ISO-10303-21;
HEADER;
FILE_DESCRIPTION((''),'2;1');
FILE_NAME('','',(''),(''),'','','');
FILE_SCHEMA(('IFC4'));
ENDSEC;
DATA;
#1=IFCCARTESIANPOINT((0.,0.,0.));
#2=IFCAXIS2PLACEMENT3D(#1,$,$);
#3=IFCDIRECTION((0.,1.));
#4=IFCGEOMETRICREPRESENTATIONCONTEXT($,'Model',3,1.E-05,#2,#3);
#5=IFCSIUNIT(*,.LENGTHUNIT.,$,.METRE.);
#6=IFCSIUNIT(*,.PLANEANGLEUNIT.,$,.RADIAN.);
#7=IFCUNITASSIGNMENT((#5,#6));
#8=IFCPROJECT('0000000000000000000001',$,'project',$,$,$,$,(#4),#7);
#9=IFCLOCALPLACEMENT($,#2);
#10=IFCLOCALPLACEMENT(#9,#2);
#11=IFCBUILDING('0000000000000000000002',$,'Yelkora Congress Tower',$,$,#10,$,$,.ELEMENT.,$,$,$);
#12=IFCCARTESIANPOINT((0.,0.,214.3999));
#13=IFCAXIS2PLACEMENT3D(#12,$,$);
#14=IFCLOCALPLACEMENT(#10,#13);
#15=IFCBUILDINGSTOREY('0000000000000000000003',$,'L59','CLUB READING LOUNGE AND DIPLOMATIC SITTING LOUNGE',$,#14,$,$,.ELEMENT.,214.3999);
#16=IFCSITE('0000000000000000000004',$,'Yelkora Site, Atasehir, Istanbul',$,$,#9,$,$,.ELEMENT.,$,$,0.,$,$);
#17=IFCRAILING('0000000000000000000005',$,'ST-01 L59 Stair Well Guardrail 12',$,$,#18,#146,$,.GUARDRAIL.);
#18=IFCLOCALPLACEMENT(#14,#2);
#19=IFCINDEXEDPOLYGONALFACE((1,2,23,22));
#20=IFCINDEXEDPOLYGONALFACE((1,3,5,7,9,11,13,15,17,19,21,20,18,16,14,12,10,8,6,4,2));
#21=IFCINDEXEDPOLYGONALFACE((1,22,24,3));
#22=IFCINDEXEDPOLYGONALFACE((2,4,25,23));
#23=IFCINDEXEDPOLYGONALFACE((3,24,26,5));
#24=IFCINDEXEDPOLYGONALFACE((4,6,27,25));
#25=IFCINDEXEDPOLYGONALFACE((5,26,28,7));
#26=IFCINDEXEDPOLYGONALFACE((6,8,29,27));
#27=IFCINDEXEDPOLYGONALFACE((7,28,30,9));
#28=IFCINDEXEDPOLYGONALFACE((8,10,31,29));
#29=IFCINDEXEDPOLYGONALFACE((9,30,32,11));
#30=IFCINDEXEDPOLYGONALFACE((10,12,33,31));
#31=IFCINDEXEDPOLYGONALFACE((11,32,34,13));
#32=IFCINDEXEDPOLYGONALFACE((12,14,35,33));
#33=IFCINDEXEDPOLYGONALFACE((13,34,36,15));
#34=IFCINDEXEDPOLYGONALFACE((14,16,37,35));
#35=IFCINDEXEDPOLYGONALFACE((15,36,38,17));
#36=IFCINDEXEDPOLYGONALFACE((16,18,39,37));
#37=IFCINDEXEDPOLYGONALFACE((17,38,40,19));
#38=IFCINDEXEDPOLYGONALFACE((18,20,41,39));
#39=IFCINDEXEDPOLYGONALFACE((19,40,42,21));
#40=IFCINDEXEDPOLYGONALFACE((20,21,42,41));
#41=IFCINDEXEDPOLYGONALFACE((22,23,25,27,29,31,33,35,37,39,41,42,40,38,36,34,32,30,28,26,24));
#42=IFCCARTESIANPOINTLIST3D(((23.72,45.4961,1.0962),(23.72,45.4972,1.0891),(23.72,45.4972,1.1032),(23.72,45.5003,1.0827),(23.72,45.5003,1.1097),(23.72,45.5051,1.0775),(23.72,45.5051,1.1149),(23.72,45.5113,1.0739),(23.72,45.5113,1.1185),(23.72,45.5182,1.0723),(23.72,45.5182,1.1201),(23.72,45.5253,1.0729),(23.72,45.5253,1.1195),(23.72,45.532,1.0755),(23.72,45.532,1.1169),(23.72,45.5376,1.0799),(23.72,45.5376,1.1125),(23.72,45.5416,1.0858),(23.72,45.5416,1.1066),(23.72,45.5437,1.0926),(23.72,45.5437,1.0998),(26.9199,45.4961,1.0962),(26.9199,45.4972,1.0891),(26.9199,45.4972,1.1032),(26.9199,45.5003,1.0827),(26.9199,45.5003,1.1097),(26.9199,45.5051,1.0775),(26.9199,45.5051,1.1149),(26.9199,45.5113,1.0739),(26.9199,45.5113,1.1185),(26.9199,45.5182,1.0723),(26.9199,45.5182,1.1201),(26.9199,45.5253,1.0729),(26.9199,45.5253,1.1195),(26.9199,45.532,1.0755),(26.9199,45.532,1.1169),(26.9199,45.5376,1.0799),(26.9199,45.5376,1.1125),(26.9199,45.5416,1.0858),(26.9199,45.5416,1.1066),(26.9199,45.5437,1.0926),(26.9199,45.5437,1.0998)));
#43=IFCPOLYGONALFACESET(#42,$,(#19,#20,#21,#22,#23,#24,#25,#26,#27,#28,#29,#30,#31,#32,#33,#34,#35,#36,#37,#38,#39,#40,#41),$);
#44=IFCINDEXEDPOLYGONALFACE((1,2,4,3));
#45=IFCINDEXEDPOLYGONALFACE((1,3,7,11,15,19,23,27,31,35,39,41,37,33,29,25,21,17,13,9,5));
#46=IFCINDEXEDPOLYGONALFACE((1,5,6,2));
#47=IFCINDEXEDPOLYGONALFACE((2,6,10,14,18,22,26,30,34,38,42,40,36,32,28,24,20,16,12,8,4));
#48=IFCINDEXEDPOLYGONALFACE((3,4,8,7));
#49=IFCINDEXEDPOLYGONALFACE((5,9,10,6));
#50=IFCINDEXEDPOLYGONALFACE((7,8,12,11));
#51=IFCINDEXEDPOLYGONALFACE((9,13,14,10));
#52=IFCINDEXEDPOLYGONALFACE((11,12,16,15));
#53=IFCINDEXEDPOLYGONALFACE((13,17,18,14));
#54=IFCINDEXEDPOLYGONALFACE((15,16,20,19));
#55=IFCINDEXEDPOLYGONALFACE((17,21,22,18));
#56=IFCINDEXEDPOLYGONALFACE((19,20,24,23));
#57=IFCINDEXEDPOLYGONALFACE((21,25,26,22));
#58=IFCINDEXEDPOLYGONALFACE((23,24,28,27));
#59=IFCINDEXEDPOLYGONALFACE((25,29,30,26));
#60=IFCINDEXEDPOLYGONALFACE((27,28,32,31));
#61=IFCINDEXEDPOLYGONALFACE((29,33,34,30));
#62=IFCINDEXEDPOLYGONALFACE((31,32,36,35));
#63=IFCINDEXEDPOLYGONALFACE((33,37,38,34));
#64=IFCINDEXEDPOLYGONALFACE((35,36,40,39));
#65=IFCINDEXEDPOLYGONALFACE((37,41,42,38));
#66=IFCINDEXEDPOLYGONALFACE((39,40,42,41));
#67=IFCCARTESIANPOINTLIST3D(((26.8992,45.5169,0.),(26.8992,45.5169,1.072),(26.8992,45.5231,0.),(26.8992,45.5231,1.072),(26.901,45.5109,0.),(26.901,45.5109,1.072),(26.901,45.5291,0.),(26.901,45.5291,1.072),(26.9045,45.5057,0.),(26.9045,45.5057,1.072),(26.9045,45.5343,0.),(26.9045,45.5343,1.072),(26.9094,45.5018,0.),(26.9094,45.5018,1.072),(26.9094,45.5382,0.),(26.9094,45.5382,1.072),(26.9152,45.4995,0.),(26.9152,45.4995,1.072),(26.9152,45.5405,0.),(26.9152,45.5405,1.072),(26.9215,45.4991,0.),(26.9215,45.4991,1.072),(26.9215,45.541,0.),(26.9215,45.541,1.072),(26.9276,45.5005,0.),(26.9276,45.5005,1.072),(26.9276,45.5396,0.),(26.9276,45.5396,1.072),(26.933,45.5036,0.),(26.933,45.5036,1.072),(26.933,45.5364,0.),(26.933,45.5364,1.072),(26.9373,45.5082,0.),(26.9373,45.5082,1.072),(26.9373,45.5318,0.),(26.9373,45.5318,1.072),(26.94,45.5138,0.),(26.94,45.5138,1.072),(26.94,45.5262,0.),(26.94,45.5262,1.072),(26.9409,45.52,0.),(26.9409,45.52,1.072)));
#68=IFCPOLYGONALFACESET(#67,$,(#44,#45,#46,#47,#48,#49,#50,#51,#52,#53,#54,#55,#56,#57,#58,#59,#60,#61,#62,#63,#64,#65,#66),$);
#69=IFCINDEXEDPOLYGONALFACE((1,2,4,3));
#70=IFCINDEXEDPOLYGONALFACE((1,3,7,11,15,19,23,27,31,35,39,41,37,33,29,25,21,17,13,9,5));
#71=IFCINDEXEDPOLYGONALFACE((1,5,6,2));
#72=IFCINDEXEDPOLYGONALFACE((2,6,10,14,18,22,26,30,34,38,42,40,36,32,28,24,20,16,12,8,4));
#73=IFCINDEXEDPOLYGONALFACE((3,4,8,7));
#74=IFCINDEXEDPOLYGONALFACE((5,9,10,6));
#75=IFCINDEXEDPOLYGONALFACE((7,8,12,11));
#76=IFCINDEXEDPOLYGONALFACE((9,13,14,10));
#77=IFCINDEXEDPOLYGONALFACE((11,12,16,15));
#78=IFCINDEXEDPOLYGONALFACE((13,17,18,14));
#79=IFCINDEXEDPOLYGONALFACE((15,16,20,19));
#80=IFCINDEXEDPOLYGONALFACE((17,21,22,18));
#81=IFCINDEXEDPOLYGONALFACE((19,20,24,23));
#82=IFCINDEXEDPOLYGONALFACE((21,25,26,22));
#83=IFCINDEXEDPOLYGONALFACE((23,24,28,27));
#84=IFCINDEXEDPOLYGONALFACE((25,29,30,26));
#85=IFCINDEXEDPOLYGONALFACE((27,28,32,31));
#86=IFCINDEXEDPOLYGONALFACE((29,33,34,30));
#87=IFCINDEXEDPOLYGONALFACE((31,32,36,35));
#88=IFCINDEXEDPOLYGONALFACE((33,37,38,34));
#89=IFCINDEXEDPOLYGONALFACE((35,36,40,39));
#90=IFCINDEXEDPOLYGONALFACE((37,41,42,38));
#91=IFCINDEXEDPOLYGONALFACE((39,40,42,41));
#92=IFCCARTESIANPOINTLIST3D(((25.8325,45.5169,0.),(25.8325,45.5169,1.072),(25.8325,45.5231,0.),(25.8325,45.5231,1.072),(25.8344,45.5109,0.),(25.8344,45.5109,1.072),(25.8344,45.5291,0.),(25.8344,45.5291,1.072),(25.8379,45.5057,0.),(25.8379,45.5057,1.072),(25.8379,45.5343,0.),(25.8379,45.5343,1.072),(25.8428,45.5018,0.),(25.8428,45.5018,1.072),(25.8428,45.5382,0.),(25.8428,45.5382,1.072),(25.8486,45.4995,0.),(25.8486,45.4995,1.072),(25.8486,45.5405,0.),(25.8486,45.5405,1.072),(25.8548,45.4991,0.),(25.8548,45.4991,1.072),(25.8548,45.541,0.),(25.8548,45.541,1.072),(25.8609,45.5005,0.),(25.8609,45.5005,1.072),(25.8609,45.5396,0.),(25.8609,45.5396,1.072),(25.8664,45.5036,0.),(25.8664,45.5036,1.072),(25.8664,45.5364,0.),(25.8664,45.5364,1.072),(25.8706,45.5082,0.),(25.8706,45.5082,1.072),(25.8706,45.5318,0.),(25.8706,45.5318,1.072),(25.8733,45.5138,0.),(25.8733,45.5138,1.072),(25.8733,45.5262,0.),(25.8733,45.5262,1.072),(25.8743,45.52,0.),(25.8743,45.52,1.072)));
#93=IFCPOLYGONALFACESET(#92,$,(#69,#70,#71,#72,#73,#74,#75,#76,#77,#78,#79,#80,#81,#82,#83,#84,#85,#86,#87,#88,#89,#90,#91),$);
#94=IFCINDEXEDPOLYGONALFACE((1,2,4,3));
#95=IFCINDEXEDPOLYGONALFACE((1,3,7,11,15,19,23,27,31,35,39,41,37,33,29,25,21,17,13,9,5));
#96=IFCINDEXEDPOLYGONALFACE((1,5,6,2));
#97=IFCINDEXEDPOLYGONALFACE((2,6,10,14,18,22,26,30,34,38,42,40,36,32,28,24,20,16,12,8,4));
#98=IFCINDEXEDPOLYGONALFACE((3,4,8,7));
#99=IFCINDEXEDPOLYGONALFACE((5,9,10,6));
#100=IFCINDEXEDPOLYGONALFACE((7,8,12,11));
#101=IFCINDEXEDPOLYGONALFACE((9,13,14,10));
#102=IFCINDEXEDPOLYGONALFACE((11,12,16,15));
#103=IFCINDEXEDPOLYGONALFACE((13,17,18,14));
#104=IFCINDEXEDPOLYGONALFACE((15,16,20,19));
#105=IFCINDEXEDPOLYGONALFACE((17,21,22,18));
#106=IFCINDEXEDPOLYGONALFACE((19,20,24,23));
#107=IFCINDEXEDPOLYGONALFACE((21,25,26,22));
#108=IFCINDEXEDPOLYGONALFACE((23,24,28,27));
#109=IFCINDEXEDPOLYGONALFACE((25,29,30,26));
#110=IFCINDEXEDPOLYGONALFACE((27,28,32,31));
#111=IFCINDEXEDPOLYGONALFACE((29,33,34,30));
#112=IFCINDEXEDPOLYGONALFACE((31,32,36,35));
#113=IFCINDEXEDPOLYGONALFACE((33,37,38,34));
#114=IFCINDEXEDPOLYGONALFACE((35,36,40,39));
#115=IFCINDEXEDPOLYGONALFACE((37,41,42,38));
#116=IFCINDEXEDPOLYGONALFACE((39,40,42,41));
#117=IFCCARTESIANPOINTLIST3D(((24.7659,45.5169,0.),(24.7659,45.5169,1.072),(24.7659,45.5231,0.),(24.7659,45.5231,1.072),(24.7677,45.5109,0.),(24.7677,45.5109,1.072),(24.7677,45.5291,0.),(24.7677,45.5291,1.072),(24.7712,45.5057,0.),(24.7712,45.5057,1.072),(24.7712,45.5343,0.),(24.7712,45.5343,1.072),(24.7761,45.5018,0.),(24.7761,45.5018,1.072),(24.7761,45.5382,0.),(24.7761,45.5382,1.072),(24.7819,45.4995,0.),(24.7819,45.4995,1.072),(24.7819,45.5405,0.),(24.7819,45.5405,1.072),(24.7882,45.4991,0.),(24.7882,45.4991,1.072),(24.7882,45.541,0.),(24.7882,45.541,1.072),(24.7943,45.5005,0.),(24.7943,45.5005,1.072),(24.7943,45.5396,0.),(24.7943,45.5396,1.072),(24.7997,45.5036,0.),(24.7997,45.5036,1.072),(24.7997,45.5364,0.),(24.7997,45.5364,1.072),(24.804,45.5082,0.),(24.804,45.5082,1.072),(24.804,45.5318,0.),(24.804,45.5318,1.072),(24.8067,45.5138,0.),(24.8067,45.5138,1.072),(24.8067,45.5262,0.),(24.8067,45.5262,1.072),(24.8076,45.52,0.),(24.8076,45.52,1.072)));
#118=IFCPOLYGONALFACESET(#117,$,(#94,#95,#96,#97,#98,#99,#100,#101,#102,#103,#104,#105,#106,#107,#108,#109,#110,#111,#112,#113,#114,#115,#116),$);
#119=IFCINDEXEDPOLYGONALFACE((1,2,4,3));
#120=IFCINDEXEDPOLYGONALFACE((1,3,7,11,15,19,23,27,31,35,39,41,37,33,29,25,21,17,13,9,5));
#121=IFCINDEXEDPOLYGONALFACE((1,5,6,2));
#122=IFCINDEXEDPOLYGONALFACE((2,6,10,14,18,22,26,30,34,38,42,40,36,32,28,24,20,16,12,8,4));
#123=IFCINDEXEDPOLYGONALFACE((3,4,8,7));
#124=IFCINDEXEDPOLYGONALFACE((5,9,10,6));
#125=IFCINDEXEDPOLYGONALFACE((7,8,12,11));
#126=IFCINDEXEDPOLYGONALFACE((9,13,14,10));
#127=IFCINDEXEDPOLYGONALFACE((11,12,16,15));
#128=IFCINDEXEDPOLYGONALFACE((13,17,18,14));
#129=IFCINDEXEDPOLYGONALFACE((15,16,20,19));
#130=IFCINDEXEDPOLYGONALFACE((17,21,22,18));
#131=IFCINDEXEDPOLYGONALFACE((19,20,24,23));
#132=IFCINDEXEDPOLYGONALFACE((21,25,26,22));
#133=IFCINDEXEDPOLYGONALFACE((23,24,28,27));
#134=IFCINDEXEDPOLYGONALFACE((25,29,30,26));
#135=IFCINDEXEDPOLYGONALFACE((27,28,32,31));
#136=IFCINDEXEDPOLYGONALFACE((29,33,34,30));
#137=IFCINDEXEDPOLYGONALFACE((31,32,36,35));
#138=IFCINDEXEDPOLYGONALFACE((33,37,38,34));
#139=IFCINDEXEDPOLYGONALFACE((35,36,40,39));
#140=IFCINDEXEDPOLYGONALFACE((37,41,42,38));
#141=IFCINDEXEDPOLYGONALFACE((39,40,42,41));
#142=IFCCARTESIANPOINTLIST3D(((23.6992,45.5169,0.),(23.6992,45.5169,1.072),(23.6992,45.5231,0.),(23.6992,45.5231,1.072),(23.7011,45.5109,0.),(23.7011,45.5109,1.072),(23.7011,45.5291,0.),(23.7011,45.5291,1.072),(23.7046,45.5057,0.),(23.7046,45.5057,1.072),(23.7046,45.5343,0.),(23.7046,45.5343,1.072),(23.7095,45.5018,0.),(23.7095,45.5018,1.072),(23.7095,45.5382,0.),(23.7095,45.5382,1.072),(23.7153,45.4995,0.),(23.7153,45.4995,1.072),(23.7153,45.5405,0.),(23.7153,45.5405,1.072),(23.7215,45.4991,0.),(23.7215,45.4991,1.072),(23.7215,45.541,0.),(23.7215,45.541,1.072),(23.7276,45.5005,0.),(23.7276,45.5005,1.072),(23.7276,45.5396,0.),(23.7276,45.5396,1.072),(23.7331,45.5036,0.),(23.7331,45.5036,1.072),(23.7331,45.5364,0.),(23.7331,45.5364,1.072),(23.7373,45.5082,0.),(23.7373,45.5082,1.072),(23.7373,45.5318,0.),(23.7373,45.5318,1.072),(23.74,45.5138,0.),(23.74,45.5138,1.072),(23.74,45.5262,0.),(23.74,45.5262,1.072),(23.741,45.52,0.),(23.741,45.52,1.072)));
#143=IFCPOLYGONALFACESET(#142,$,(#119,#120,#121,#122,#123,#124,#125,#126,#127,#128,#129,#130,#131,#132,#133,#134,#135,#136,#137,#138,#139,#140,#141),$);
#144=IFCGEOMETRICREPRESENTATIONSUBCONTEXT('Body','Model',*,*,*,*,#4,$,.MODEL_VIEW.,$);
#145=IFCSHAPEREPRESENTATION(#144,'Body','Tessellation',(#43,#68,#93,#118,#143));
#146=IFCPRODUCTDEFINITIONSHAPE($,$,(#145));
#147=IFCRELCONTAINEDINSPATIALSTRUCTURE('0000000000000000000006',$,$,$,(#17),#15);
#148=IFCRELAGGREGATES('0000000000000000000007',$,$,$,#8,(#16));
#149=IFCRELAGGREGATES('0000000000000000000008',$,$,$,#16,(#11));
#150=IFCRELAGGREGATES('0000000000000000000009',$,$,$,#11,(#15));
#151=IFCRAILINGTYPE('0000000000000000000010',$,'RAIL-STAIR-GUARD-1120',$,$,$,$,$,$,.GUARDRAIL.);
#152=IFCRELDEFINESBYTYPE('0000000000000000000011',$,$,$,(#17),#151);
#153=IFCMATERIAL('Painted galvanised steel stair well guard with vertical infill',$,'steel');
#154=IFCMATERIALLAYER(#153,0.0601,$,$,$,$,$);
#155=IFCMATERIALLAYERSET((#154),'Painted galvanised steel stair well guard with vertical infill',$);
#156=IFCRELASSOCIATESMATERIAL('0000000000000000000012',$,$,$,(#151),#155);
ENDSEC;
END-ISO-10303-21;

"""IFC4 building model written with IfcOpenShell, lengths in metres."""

from ifc_helpers import new_model, si_unit, direction, frame, origin, origin_2d, place, context, subcontext, project, spatial, circle, extrude, material, layer, layer_set, type_object, element, save


model = new_model("IFC4")

# Units and contexts
model_context = context("Model", 3, precision=1e-05, world=origin(), true_north=direction((0.0, 1.0)))
body_context = subcontext(model_context, "Body", "Model", "MODEL_VIEW")
ifc_project = project(units=[si_unit("LENGTHUNIT", "METRE"), si_unit("PLANEANGLEUNIT", "RADIAN")], contexts=[model_context])

# Site, building, storey
site_placement = place(None, origin())
site = spatial("IfcSite", under=ifc_project, at=site_placement, Name="Yelkora Site, Atasehir, Istanbul", CompositionType="ELEMENT", RefElevation=0.0)
building_placement = place(site_placement, origin())
building = spatial("IfcBuilding", under=site, at=building_placement, Name="Yelkora Congress Tower", CompositionType="ELEMENT")
storey_placement = place(building_placement, frame((0.0, 0.0, 214.3999)))
storey = spatial("IfcBuildingStorey", under=building, at=storey_placement, Name="L59", Description="CLUB READING LOUNGE AND DIPLOMATIC SITTING LOUNGE", CompositionType="ELEMENT", Elevation=214.3999)

# Railing
ifc_material_1 = material(Name="Painted galvanised steel stair well guard with vertical infill", Category="steel")
ifc_layer_1 = layer(ifc_material_1, 0.0601)
ifc_layer_set_1 = layer_set([ifc_layer_1], Name="Painted galvanised steel stair well guard with vertical infill")
railing_type_1 = type_object("IfcRailingType", Name="RAIL-STAIR-GUARD-1120", PredefinedType="GUARDRAIL", material=ifc_layer_set_1)
railing_1_placement = place(storey_placement, frame((26.9199, 45.52, 0.0)))
element("IfcRailing", 1, at=railing_1_placement, inside=storey, type_object=railing_type_1, Name="ST-01 L59 Stair Well Guardrail 12", PredefinedType="GUARDRAIL", context=body_context, shape_type="SweptSolid", body=[
    extrude(circle(Radius=0.0239, at=origin_2d()), frame((0.0, 0.0, 1.0962), z_axis=(-1.0, 0.0, 0.0), x_axis=(0.0, -1.0, 0.0)), (0.0, 0.0, 1.0), 3.2),
    extrude(circle(Radius=0.021, at=origin_2d()), origin(), (0.0, 0.0, 1.0), 1.072),
    extrude(circle(Radius=0.021, at=origin_2d()), frame((-1.0667, 0.0, 0.0)), (0.0, 0.0, 1.0), 1.072),
    extrude(circle(Radius=0.021, at=origin_2d()), frame((-2.1333, 0.0, 0.0)), (0.0, 0.0, 1.0), 1.072),
    extrude(circle(Radius=0.021, at=origin_2d()), frame((-3.2, 0.0, 0.0)), (0.0, 0.0, 1.0), 1.072),
])

save(model, "model.ifc")
